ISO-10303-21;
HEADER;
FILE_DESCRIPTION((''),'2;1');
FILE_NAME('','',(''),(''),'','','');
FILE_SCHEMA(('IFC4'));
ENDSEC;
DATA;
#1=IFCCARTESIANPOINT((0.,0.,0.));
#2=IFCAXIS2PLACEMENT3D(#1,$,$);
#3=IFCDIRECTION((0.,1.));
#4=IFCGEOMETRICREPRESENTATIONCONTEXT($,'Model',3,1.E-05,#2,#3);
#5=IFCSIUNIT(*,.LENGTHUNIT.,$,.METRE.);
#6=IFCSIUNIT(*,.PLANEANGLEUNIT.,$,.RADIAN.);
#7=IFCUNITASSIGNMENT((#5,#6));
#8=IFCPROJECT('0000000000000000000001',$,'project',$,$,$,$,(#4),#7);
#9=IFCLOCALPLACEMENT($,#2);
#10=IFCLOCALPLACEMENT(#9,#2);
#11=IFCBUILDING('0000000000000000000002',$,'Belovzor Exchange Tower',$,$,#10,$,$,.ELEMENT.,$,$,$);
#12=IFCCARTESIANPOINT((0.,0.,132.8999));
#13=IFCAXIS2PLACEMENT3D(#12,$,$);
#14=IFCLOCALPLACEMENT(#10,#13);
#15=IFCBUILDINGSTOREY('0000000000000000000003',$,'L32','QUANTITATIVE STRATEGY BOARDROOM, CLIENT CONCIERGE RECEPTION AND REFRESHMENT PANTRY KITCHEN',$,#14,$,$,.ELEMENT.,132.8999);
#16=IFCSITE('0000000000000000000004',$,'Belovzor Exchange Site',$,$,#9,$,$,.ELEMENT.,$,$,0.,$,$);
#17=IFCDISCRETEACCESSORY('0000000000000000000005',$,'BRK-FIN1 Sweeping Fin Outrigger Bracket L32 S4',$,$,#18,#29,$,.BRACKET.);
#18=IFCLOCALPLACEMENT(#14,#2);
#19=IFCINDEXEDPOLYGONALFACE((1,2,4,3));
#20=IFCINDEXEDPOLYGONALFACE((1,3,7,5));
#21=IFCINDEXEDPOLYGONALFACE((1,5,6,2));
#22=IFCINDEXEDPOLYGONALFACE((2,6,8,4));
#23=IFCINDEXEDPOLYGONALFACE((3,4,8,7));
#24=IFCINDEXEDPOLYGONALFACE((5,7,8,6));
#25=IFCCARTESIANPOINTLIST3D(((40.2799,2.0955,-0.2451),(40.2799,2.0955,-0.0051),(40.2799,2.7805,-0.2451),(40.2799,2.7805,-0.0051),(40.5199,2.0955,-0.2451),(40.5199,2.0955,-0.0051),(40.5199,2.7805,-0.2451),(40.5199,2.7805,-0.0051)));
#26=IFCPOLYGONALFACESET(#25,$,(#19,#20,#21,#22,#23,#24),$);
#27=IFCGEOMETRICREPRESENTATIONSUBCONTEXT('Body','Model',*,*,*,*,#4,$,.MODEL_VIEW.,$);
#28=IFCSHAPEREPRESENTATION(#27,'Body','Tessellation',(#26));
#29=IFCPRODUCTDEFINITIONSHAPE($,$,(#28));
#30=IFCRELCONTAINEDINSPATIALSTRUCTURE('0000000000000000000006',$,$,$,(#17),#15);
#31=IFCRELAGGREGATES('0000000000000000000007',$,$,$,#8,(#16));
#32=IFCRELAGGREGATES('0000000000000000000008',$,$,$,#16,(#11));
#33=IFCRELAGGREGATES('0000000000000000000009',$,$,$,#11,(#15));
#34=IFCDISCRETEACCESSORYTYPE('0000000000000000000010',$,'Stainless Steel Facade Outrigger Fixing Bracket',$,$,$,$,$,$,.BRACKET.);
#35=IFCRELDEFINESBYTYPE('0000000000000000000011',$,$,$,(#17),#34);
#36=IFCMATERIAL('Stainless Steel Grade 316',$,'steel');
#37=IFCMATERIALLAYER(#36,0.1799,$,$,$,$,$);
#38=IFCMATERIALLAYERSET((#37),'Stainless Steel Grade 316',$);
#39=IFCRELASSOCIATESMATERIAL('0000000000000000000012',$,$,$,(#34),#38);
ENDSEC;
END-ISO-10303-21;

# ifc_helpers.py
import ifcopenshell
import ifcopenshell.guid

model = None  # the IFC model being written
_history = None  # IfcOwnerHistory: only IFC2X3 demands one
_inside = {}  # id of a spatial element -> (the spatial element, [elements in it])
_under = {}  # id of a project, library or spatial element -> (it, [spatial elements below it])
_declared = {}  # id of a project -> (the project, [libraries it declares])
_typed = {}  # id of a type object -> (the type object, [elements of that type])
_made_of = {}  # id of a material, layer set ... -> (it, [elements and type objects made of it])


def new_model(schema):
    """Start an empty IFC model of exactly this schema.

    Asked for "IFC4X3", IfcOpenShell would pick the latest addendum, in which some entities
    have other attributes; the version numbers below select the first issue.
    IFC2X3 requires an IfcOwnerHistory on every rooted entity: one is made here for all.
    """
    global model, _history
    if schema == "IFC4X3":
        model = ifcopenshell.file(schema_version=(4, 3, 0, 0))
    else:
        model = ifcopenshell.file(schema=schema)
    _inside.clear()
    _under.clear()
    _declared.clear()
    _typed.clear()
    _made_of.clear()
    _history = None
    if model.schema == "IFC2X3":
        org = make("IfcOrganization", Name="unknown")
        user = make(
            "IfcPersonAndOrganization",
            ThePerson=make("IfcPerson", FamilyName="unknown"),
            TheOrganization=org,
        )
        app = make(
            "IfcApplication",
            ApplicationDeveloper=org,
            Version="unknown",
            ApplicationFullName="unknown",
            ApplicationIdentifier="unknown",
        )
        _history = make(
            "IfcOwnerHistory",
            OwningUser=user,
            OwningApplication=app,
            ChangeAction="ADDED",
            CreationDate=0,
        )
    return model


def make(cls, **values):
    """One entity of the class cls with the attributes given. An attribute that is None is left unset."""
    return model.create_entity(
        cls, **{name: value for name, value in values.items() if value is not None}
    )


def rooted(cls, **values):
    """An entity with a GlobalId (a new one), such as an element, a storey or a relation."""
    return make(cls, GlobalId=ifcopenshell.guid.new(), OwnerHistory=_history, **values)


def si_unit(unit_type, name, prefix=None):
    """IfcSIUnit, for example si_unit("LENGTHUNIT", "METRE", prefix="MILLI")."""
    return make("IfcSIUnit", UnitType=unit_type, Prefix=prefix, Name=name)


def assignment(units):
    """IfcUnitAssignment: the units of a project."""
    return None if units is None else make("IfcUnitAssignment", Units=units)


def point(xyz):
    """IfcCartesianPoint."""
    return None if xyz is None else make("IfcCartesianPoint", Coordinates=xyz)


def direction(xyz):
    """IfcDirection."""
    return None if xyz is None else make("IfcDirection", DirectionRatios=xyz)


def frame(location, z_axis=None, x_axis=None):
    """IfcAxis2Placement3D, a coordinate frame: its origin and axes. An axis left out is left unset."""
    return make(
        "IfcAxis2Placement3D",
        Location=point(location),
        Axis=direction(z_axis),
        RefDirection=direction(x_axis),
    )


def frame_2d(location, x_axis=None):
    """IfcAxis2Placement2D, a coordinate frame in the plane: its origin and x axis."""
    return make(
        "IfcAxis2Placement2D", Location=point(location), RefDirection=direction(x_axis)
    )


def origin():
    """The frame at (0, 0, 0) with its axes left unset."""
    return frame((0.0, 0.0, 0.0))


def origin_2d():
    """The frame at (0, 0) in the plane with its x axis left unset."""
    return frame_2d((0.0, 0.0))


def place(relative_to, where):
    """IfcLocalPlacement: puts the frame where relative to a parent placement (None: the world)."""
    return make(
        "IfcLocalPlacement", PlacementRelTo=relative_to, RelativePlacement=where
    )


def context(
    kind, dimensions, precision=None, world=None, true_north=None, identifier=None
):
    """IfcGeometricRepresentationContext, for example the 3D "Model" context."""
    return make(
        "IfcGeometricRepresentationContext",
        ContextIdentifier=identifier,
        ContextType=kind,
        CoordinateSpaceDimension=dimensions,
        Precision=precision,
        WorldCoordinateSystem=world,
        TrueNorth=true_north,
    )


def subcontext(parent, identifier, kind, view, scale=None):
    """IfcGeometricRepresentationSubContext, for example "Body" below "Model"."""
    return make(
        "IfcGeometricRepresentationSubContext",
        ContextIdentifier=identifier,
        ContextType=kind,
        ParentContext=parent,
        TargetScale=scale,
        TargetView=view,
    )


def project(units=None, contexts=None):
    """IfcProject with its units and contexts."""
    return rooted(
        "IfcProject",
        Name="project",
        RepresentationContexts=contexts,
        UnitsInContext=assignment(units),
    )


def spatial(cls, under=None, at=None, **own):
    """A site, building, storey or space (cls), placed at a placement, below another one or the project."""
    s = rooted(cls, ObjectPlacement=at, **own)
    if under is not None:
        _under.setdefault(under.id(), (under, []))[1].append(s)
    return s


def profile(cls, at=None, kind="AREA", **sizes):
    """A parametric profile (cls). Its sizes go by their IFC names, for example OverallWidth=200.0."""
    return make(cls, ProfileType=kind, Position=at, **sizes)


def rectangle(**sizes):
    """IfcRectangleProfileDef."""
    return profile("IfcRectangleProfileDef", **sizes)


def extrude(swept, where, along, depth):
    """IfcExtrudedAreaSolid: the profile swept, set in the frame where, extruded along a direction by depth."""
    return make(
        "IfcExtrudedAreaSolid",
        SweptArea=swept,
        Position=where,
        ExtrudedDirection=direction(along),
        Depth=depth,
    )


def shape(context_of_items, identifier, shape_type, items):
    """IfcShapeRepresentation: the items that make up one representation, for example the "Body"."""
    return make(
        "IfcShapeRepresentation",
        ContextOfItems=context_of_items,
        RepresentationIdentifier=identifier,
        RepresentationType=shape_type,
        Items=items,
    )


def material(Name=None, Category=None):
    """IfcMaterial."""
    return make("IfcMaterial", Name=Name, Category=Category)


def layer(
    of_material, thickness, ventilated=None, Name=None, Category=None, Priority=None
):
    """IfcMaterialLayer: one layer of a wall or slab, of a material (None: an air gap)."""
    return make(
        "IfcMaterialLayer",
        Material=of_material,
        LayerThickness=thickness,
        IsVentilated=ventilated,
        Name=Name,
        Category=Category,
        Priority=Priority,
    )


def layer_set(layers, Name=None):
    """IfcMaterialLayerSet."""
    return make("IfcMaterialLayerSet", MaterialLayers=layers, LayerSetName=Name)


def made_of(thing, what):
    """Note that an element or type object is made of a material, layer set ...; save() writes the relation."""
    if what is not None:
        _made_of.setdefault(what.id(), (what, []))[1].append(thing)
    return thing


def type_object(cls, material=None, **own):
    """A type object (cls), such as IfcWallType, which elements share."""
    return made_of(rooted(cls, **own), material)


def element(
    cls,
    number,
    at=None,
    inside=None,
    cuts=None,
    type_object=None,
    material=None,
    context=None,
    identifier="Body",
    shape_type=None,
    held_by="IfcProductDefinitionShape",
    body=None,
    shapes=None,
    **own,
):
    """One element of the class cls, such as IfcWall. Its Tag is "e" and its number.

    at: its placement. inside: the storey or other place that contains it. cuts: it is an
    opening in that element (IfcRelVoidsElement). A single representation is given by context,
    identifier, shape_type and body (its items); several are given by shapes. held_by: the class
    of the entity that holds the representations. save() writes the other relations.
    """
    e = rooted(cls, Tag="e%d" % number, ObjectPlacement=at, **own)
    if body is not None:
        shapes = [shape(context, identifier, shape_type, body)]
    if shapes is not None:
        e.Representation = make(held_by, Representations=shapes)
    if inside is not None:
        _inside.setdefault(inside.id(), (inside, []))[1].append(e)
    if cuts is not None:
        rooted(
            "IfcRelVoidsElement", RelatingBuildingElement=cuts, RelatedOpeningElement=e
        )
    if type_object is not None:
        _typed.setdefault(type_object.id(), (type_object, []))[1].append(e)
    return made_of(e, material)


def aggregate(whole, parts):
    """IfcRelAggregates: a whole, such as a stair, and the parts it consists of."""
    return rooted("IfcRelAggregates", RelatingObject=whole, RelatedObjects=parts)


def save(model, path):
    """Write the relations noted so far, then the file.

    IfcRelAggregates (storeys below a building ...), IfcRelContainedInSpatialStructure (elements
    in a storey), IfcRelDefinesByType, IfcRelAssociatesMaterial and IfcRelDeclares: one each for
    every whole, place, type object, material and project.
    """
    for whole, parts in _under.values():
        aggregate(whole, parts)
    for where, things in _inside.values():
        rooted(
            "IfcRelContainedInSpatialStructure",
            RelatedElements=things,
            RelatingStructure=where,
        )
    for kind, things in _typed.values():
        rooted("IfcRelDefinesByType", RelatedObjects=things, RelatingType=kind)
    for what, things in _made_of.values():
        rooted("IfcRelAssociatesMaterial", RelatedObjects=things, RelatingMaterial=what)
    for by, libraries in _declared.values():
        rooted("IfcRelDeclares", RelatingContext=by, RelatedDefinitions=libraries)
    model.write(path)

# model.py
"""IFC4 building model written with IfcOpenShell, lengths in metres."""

from ifc_helpers import new_model, si_unit, direction, frame, origin, origin_2d, place, context, subcontext, project, spatial, rectangle, extrude, material, layer, layer_set, type_object, element, save


model = new_model("IFC4")

# Units and contexts
model_context = context("Model", 3, precision=1e-05, world=origin(), true_north=direction((0.0, 1.0)))
body_context = subcontext(model_context, "Body", "Model", "MODEL_VIEW")
ifc_project = project(units=[si_unit("LENGTHUNIT", "METRE"), si_unit("PLANEANGLEUNIT", "RADIAN")], contexts=[model_context])

# Site, building, storey
site_placement = place(None, origin())
site = spatial("IfcSite", under=ifc_project, at=site_placement, Name="Belovzor Exchange Site", CompositionType="ELEMENT", RefElevation=0.0)
building_placement = place(site_placement, origin())
building = spatial("IfcBuilding", under=site, at=building_placement, Name="Belovzor Exchange Tower", CompositionType="ELEMENT")
storey_placement = place(building_placement, frame((0.0, 0.0, 132.8999)))
storey = spatial("IfcBuildingStorey", under=building, at=storey_placement, Name="L32", Description="QUANTITATIVE STRATEGY BOARDROOM, CLIENT CONCIERGE RECEPTION AND REFRESHMENT PANTRY KITCHEN", CompositionType="ELEMENT", Elevation=132.8999)

# Discrete accessory
ifc_material_1 = material(Name="Stainless Steel Grade 316", Category="steel")
ifc_layer_1 = layer(ifc_material_1, 0.1799)
ifc_layer_set_1 = layer_set([ifc_layer_1], Name="Stainless Steel Grade 316")
discrete_accessory_type = type_object("IfcDiscreteAccessoryType", Name="Stainless Steel Facade Outrigger Fixing Bracket", PredefinedType="BRACKET", material=ifc_layer_set_1)
discrete_accessory_placement = place(storey_placement, frame((40.3999, 2.438, -0.2451), z_axis=(0.0, 0.0, 1.0), x_axis=(0.0, 1.0, 0.0)))
element("IfcDiscreteAccessory", 1, at=discrete_accessory_placement, inside=storey, type_object=discrete_accessory_type, Name="BRK-FIN1 Sweeping Fin Outrigger Bracket L32 S4", PredefinedType="BRACKET", context=body_context, shape_type="SweptSolid", body=[
    extrude(rectangle(XDim=0.6851, YDim=0.24, at=origin_2d()), origin(), (0.0, 0.0, 1.0), 0.24),
])

save(model, "model.ifc")
